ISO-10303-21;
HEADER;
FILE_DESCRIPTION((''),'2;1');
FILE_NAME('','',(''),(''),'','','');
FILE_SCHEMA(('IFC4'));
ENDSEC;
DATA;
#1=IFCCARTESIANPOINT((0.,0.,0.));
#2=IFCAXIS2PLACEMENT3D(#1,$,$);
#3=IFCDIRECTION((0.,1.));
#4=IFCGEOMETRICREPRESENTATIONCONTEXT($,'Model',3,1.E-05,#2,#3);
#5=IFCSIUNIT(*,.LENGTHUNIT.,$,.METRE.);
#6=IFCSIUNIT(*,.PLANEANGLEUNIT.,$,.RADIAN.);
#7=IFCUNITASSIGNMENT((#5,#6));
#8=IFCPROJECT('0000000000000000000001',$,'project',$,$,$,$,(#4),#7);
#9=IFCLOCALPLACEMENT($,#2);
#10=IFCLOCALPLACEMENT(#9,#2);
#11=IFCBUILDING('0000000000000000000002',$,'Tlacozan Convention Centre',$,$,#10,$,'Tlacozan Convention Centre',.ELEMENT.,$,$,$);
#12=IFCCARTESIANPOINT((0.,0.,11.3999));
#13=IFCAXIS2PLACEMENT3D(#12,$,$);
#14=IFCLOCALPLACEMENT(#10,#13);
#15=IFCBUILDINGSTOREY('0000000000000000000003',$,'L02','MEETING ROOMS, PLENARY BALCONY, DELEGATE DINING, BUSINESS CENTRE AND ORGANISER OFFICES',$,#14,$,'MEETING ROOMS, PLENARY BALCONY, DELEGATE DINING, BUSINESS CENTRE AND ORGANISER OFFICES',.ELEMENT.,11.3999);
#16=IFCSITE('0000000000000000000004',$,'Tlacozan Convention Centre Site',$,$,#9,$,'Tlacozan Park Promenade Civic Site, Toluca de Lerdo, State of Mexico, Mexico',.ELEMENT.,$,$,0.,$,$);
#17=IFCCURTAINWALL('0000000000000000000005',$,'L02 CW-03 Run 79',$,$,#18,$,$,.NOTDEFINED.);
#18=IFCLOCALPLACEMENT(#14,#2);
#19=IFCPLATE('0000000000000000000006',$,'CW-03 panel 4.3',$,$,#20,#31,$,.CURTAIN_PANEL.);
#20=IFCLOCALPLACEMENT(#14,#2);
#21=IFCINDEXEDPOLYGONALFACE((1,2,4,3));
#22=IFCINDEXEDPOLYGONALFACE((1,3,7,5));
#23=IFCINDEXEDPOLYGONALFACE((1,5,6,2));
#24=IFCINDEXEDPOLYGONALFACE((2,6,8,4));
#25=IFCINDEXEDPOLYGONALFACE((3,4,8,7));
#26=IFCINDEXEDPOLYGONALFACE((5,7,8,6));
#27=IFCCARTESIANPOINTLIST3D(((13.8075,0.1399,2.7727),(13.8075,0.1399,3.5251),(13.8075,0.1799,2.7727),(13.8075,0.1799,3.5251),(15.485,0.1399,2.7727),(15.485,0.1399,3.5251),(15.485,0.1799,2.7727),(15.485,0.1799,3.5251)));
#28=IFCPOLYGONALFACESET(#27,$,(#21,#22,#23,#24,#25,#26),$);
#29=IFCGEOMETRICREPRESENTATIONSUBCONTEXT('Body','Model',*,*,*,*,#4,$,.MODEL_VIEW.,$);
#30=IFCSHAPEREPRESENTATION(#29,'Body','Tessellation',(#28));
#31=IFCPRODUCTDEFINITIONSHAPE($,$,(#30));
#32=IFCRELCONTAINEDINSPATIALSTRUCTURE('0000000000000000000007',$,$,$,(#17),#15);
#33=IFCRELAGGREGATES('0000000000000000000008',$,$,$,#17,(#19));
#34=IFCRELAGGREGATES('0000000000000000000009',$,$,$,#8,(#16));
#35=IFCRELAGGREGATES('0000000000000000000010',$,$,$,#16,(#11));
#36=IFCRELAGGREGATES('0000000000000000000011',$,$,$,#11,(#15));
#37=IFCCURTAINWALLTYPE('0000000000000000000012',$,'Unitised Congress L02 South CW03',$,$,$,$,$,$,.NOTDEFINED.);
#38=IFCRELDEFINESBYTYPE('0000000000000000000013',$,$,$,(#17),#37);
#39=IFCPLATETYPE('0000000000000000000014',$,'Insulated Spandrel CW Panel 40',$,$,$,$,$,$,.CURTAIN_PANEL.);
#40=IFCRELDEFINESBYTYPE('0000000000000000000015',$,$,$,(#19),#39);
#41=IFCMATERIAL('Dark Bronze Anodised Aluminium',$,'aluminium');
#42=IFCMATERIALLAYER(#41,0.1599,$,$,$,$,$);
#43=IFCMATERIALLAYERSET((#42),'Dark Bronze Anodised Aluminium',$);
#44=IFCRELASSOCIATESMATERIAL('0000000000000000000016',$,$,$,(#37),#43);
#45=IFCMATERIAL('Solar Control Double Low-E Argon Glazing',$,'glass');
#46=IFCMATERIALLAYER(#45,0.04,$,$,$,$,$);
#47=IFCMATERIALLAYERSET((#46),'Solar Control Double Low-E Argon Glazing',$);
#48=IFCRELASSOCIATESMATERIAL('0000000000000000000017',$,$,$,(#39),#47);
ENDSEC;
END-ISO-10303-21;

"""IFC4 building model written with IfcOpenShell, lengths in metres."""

from ifc_helpers import new_model, si_unit, direction, frame, origin, origin_2d, place, context, subcontext, project, spatial, rectangle, extrude, material, layer, layer_set, type_object, element, aggregate, save


model = new_model("IFC4")

# Units and contexts
model_context = context("Model", 3, precision=1e-05, world=origin(), true_north=direction((0.0, 1.0)))
body_context = subcontext(model_context, "Body", "Model", "MODEL_VIEW")
ifc_project = project(units=[si_unit("LENGTHUNIT", "METRE"), si_unit("PLANEANGLEUNIT", "RADIAN")], contexts=[model_context])

# Site, building, storey
site_placement = place(None, origin())
site = spatial("IfcSite", under=ifc_project, at=site_placement, Name="Tlacozan Convention Centre Site", LongName="Tlacozan Park Promenade Civic Site, Toluca de Lerdo, State of Mexico, Mexico", CompositionType="ELEMENT", RefElevation=0.0)
building_placement = place(site_placement, origin())
building = spatial("IfcBuilding", under=site, at=building_placement, Name="Tlacozan Convention Centre", LongName="Tlacozan Convention Centre", CompositionType="ELEMENT")
storey_placement = place(building_placement, frame((0.0, 0.0, 11.3999)))
storey = spatial("IfcBuildingStorey", under=building, at=storey_placement, Name="L02", Description="MEETING ROOMS, PLENARY BALCONY, DELEGATE DINING, BUSINESS CENTRE AND ORGANISER OFFICES", LongName="MEETING ROOMS, PLENARY BALCONY, DELEGATE DINING, BUSINESS CENTRE AND ORGANISER OFFICES", CompositionType="ELEMENT", Elevation=11.3999)

# Curtain wall
ifc_material_1 = material(Name="Dark Bronze Anodised Aluminium", Category="aluminium")
ifc_layer_1 = layer(ifc_material_1, 0.1599)
ifc_layer_set_1 = layer_set([ifc_layer_1], Name="Dark Bronze Anodised Aluminium")
curtain_wall_type = type_object("IfcCurtainWallType", Name="Unitised Congress L02 South CW03", PredefinedType="NOTDEFINED", material=ifc_layer_set_1)
curtain_wall_1_placement = place(storey_placement, origin())
curtain_wall_1 = element("IfcCurtainWall", 1, at=curtain_wall_1_placement, inside=storey, type_object=curtain_wall_type, Name="L02 CW-03 Run 79", PredefinedType="NOTDEFINED")

# Plate
ifc_material_2 = material(Name="Solar Control Double Low-E Argon Glazing", Category="glass")
ifc_layer_2 = layer(ifc_material_2, 0.04)
ifc_layer_set_2 = layer_set([ifc_layer_2], Name="Solar Control Double Low-E Argon Glazing")
plate_type = type_object("IfcPlateType", Name="Insulated Spandrel CW Panel 40", PredefinedType="CURTAIN_PANEL", material=ifc_layer_set_2)
plate_1_placement = place(storey_placement, frame((14.6462, 0.1599, 2.7727), z_axis=(0.0, 0.0, 1.0), x_axis=(1.0, 0.0, 0.0)))
plate_1 = element("IfcPlate", 2, at=plate_1_placement, type_object=plate_type, Name="CW-03 panel 4.3", PredefinedType="CURTAIN_PANEL", context=body_context, shape_type="SweptSolid", body=[
    extrude(rectangle(XDim=1.6775, YDim=0.04, at=origin_2d()), origin(), (0.0, 0.0, 1.0), 0.7524),
])
aggregate(curtain_wall_1, [plate_1])

save(model, "model.ifc")
